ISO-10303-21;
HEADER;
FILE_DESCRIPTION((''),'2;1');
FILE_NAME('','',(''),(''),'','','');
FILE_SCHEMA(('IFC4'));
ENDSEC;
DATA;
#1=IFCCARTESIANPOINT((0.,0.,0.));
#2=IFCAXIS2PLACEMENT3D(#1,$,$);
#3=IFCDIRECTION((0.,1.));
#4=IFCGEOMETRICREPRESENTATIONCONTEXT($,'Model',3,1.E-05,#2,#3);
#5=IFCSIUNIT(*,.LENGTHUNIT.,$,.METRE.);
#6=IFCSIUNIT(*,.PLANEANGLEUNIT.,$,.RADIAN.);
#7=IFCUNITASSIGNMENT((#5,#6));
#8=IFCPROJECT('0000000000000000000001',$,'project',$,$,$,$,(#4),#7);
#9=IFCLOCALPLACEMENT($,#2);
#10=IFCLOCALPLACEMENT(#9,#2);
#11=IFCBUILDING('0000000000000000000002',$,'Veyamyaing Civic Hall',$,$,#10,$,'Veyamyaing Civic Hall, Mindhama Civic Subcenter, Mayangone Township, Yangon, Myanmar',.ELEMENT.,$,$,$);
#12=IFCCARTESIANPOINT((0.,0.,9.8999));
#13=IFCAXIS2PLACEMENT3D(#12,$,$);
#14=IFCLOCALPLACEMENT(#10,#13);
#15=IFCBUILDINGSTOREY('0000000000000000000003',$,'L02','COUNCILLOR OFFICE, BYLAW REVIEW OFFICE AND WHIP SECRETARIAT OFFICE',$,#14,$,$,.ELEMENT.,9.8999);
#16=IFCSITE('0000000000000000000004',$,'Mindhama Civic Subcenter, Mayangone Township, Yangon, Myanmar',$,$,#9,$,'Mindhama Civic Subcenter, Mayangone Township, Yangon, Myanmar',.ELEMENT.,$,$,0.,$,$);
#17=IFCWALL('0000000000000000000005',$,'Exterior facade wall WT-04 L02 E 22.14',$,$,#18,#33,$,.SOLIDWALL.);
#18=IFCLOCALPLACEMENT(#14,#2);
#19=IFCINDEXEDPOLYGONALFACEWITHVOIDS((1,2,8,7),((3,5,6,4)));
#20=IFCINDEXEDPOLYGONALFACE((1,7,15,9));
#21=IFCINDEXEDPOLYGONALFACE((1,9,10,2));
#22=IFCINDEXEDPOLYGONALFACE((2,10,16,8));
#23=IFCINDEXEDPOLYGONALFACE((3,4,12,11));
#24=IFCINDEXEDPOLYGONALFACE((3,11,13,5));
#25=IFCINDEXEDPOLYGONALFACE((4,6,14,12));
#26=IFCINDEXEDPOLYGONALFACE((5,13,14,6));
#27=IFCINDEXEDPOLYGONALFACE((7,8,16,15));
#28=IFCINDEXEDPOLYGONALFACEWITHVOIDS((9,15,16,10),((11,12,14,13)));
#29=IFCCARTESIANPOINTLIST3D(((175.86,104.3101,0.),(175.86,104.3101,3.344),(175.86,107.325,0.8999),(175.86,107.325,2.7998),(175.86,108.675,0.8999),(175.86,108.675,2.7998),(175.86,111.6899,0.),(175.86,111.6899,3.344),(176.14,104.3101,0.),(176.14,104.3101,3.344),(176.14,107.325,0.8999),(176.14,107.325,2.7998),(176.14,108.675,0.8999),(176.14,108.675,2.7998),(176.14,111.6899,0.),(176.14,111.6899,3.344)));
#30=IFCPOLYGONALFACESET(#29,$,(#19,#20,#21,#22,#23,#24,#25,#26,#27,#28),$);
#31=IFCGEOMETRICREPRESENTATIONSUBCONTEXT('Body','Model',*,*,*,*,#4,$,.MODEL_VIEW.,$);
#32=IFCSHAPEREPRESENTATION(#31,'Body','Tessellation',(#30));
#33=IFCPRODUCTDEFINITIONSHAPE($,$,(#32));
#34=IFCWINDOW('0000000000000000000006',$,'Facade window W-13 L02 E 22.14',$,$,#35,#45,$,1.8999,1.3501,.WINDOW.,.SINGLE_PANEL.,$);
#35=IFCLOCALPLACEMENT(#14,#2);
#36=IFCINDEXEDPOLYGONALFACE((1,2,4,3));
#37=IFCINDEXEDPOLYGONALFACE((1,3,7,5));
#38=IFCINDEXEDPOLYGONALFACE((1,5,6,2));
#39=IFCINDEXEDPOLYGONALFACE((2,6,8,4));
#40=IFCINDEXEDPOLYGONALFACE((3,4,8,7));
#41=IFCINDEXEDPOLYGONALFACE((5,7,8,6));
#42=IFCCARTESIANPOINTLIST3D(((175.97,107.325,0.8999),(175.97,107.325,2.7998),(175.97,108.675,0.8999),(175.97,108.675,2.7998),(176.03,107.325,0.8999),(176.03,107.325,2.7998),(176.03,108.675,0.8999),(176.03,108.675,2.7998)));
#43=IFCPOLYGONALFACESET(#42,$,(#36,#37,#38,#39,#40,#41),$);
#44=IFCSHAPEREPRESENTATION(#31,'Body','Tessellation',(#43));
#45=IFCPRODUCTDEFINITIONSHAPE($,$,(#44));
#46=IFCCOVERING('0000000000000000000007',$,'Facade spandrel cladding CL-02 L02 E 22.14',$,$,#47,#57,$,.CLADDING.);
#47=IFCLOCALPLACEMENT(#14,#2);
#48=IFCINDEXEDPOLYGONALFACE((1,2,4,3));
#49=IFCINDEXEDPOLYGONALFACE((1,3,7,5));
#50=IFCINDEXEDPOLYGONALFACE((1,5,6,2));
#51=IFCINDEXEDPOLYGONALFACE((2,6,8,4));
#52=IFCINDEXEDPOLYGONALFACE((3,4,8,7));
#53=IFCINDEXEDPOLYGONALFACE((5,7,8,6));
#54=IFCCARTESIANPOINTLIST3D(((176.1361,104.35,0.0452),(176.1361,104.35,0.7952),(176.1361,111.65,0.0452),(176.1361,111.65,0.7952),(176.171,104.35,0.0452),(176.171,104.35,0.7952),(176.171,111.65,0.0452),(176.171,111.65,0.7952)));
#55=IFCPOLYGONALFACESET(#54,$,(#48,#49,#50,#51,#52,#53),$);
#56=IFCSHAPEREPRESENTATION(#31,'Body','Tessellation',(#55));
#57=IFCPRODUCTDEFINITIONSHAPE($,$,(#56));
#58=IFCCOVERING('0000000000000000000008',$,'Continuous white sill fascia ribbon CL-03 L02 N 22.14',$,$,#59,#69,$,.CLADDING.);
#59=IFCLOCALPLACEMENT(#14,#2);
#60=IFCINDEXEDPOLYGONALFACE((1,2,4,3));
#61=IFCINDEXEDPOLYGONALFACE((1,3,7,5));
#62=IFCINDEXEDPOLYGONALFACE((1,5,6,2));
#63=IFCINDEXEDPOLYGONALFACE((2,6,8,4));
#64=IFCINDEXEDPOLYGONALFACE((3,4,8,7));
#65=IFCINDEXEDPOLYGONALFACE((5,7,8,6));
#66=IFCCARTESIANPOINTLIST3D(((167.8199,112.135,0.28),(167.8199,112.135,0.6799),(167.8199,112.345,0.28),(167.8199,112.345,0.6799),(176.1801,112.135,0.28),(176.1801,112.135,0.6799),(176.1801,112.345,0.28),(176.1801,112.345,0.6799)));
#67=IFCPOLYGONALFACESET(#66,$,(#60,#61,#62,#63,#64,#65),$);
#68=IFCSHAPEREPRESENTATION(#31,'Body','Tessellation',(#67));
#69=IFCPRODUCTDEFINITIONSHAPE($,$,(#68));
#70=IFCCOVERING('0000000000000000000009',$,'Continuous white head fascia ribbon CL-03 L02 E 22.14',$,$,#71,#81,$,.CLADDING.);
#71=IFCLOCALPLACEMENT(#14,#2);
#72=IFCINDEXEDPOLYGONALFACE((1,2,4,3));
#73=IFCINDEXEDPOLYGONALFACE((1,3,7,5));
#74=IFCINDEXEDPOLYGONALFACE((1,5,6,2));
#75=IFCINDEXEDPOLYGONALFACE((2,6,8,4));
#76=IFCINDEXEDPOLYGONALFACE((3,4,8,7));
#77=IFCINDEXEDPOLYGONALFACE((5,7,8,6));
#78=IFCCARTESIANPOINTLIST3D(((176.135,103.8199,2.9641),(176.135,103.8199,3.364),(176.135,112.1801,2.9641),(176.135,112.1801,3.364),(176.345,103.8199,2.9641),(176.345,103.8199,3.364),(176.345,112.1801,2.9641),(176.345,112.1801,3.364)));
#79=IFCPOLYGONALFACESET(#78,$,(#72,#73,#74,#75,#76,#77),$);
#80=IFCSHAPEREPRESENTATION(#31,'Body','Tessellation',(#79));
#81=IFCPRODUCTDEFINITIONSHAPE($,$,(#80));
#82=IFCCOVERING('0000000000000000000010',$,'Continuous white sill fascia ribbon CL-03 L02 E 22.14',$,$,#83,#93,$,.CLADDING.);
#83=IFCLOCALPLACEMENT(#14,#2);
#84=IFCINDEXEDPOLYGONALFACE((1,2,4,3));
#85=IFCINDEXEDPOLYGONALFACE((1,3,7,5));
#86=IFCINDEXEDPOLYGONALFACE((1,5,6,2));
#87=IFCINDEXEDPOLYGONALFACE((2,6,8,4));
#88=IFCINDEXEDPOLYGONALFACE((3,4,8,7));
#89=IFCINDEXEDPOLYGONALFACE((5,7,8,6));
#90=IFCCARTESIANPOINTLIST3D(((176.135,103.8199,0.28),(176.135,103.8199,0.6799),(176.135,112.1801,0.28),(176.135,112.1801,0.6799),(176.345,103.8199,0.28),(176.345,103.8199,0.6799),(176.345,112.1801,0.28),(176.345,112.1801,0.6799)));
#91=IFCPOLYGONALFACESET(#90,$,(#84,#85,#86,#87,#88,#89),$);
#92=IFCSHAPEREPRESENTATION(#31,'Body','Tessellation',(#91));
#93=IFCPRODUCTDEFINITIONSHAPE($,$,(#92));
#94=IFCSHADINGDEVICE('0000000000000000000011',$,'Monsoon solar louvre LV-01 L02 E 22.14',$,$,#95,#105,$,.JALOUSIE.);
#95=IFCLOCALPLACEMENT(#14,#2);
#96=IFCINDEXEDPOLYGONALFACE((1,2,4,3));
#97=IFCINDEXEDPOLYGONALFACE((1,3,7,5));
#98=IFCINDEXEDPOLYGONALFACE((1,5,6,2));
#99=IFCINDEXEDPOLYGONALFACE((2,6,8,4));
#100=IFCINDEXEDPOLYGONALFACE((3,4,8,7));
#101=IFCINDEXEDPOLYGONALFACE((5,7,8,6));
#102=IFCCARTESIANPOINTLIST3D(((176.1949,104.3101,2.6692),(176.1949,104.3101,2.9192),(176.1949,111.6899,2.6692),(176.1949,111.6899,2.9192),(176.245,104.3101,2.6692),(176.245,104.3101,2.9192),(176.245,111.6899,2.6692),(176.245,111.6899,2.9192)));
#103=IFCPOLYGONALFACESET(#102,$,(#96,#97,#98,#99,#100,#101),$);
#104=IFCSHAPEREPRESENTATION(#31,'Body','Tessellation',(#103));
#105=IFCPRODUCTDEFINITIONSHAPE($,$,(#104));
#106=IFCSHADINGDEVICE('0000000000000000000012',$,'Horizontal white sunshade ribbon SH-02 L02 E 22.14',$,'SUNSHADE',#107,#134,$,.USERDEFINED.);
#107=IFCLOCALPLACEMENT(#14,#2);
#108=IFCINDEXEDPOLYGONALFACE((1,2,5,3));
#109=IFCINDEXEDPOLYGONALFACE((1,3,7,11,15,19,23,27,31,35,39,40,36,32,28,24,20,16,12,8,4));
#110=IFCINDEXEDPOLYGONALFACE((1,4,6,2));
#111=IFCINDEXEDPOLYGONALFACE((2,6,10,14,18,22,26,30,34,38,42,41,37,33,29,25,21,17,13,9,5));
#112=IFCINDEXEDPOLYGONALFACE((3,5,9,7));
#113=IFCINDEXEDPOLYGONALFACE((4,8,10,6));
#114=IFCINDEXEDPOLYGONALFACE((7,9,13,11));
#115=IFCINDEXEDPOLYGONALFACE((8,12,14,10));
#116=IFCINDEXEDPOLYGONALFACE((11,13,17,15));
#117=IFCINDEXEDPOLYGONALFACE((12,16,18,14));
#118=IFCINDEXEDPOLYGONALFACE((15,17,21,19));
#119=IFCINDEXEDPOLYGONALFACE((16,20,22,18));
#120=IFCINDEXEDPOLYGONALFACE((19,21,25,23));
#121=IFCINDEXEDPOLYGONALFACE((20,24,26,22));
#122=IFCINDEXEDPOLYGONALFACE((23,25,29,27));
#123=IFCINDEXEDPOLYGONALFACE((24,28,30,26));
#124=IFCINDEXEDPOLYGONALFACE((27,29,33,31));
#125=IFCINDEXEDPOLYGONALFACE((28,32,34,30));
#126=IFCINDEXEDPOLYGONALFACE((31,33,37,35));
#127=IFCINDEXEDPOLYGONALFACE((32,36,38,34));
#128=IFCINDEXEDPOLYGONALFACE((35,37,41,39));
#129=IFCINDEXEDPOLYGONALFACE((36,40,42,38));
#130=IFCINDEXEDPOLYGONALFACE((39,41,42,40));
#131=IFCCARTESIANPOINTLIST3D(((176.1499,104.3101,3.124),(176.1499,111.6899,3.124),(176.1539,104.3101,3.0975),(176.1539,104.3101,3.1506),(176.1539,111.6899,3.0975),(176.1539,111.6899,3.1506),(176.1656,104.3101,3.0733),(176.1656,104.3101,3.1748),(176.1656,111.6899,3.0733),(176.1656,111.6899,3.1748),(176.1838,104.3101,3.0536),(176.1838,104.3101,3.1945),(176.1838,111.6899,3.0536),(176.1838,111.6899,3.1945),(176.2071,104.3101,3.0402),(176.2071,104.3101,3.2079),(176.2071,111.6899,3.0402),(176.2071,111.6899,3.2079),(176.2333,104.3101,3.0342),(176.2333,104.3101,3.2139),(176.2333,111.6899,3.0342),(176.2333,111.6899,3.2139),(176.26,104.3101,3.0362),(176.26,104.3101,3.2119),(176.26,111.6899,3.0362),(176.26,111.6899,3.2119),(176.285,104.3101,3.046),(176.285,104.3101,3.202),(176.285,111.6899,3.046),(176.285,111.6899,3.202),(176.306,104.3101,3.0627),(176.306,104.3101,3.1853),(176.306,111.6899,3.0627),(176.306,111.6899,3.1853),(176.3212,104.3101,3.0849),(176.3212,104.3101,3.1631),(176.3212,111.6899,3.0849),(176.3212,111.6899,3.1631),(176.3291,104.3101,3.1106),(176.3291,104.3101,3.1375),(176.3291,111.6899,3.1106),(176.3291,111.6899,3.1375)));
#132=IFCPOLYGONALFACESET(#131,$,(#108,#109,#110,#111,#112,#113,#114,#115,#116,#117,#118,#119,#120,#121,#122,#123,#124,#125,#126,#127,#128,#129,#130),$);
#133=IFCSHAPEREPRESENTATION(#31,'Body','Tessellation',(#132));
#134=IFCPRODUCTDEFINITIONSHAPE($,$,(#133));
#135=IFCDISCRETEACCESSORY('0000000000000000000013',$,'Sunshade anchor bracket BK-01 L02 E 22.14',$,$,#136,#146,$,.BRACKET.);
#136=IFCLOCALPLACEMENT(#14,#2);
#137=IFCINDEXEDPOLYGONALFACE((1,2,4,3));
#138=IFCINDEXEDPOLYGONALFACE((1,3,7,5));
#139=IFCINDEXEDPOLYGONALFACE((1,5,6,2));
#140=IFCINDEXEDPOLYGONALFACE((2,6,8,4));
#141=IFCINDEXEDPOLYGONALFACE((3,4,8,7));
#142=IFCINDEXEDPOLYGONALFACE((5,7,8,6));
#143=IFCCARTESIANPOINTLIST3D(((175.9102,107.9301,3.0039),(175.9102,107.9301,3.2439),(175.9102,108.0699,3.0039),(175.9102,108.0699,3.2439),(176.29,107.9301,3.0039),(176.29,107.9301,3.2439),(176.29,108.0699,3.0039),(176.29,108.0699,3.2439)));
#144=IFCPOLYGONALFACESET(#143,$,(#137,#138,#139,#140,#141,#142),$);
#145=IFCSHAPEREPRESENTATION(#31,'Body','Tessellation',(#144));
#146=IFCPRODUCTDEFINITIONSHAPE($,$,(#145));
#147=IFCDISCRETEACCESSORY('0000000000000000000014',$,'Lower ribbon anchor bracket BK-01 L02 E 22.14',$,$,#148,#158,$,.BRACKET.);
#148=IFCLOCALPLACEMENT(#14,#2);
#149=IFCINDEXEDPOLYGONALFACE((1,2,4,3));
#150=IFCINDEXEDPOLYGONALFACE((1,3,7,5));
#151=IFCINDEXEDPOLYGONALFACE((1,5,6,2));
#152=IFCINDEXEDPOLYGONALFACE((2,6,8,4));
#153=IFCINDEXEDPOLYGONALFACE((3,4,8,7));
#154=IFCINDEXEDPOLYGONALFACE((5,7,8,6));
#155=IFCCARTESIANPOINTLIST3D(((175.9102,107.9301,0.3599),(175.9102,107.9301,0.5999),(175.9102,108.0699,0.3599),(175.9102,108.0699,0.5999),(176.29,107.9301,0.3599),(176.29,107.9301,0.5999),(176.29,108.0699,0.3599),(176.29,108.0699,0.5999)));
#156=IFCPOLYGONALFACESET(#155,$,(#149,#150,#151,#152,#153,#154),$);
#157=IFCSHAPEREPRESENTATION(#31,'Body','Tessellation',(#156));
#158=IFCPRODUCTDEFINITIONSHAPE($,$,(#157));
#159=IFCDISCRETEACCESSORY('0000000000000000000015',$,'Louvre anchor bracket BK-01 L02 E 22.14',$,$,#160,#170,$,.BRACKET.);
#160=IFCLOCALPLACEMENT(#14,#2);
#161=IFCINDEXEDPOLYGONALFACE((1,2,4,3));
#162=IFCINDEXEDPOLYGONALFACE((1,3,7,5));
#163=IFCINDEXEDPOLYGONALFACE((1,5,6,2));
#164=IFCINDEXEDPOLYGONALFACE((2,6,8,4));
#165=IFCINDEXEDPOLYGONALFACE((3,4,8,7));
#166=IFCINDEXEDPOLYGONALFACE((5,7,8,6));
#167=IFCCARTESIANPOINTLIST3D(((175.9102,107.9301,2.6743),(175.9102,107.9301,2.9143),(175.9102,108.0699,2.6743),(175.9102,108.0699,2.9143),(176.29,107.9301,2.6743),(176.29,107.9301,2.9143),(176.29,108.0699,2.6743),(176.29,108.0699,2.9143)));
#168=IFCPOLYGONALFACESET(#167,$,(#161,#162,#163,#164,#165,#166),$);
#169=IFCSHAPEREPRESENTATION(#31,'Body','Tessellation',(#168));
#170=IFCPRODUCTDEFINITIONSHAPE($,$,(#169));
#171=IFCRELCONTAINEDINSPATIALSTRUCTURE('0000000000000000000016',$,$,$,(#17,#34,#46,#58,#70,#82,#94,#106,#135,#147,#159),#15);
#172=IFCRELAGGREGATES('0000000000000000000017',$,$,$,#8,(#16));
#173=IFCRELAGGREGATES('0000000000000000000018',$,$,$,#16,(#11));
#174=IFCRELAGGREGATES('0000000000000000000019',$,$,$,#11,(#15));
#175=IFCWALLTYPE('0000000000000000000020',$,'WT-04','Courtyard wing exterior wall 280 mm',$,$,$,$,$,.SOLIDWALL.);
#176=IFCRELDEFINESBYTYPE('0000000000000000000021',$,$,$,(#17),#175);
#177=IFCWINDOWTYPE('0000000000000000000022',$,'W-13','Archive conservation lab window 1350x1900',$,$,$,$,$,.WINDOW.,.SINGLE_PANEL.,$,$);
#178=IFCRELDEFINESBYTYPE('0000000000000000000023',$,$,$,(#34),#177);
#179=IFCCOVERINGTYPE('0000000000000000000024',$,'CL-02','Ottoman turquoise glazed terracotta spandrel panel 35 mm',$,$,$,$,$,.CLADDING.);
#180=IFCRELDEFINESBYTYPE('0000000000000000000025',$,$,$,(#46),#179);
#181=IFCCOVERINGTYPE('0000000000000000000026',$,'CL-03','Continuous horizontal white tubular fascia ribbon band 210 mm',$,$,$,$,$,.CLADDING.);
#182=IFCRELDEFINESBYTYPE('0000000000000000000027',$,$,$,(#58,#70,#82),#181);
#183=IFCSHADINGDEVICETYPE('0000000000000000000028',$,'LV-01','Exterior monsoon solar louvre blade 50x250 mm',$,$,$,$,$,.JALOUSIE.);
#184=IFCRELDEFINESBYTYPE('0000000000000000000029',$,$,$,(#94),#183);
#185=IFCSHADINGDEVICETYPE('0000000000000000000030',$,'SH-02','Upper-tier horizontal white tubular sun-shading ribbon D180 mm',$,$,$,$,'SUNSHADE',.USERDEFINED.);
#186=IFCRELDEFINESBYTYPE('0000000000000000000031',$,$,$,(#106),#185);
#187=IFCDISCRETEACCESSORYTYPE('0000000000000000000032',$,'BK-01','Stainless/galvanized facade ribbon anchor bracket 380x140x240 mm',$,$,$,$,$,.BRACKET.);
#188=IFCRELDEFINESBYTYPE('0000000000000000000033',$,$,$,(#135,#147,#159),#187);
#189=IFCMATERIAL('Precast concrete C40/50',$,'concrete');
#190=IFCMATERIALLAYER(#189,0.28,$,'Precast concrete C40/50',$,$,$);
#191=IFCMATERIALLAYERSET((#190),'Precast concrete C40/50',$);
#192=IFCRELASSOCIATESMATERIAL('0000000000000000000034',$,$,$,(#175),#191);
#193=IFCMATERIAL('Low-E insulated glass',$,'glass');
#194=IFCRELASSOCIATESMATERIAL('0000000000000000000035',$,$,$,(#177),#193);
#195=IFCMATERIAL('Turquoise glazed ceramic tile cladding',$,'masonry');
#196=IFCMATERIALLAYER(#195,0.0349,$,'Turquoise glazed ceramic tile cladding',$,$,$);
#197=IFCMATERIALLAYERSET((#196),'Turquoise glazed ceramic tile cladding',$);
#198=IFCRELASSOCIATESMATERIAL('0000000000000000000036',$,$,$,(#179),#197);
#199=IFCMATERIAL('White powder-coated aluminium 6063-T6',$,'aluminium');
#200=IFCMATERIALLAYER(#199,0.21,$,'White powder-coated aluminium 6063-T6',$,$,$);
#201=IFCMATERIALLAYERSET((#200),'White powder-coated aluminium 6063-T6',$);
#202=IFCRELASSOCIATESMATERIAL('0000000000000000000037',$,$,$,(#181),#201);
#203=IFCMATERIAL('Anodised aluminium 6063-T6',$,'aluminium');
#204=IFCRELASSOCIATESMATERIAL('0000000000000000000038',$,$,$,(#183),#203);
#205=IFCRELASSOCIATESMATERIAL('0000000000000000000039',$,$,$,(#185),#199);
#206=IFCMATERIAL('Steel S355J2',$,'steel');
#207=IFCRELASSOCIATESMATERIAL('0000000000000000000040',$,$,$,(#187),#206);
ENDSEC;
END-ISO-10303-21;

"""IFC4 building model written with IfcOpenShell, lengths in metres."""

from ifc_helpers import new_model, si_unit, direction, frame, frame_2d, origin, origin_2d, place, context, subcontext, project, spatial, rectangle, circle, extrude, material, layer, layer_set, material_profile, profile_set, type_object, element, fill, save


model = new_model("IFC4")

# Units and contexts
model_context = context("Model", 3, precision=1e-05, world=origin(), true_north=direction((0.0, 1.0)))
body_context = subcontext(model_context, "Body", "Model", "MODEL_VIEW")
ifc_project = project(units=[si_unit("LENGTHUNIT", "METRE"), si_unit("PLANEANGLEUNIT", "RADIAN")], contexts=[model_context])

# Site, building, storey
site_placement = place(None, origin())
site = spatial("IfcSite", under=ifc_project, at=site_placement, Name="Mindhama Civic Subcenter, Mayangone Township, Yangon, Myanmar", LongName="Mindhama Civic Subcenter, Mayangone Township, Yangon, Myanmar", CompositionType="ELEMENT", RefElevation=0.0)
building_placement = place(site_placement, origin())
building = spatial("IfcBuilding", under=site, at=building_placement, Name="Veyamyaing Civic Hall", LongName="Veyamyaing Civic Hall, Mindhama Civic Subcenter, Mayangone Township, Yangon, Myanmar", CompositionType="ELEMENT")
storey_placement = place(building_placement, frame((0.0, 0.0, 9.8999)))
storey = spatial("IfcBuildingStorey", under=building, at=storey_placement, Name="L02", Description="COUNCILLOR OFFICE, BYLAW REVIEW OFFICE AND WHIP SECRETARIAT OFFICE", CompositionType="ELEMENT", Elevation=9.8999)

# Shared definitions
ifc_material_1 = material(Name="Anodised aluminium 6063-T6", Category="aluminium")
ifc_material_2 = material(Name="Low-E insulated glass", Category="glass")

# Wall, opening, window
ifc_material_3 = material(Name="Precast concrete C40/50", Category="concrete")
ifc_layer_1 = layer(ifc_material_3, 0.28, Name="Precast concrete C40/50")
ifc_layer_set_1 = layer_set([ifc_layer_1], Name="Precast concrete C40/50")
wall_type = type_object("IfcWallType", Name="WT-04", Description="Courtyard wing exterior wall 280 mm", PredefinedType="SOLIDWALL", material=ifc_layer_set_1)
wall_placement = place(storey_placement, frame((176.0, 104.3101, 0.0), z_axis=(0.0, 0.0, 1.0), x_axis=(0.0, 1.0, 0.0)))
wall = element("IfcWall", 1, at=wall_placement, inside=storey, type_object=wall_type, Name="Exterior facade wall WT-04 L02 E 22.14", PredefinedType="SOLIDWALL", context=body_context, shape_type="SweptSolid", body=[
    extrude(rectangle(XDim=7.3799, YDim=0.28, at=frame_2d((3.6899, 0.0))), origin(), (0.0, 0.0, 1.0), 3.344),
])
opening_placement = place(wall_placement, frame((3.0149, 0.0, 0.8999)))
opening = element("IfcOpeningElement", 2, at=opening_placement, cuts=wall, PredefinedType="OPENING", context=body_context, shape_type="SweptSolid", body=[
    extrude(rectangle(XDim=1.3501, YDim=1.8999, at=frame_2d((0.675, 0.95))), frame((0.0, 0.1499, 0.0), z_axis=(0.0, -1.0, 0.0), x_axis=(1.0, 0.0, 0.0)), (0.0, 0.0, 1.0), 0.3),
])
window_type = type_object("IfcWindowType", Name="W-13", Description="Archive conservation lab window 1350x1900", PartitioningType="SINGLE_PANEL", PredefinedType="WINDOW", material=ifc_material_2)
window_placement = place(opening_placement, origin())
window = element("IfcWindow", 3, at=window_placement, inside=storey, type_object=window_type, Name="Facade window W-13 L02 E 22.14", OverallHeight=1.8999, OverallWidth=1.3501, PartitioningType="SINGLE_PANEL", PredefinedType="WINDOW", context=body_context, shape_type="SweptSolid", body=[
    extrude(rectangle(XDim=1.3501, YDim=1.8999, at=frame_2d((0.675, 0.95))), frame((0.0, 0.03, 0.0), z_axis=(0.0, -1.0, 0.0), x_axis=(1.0, 0.0, 0.0)), (0.0, 0.0, 1.0), 0.0601),
])
fill(opening, window)

# Coverings
ifc_material_4 = material(Name="Turquoise glazed ceramic tile cladding", Category="masonry")
ifc_layer_2 = layer(ifc_material_4, 0.0349, Name="Turquoise glazed ceramic tile cladding")
ifc_layer_set_2 = layer_set([ifc_layer_2], Name="Turquoise glazed ceramic tile cladding")
covering_type_1 = type_object("IfcCoveringType", Name="CL-02", Description="Ottoman turquoise glazed terracotta spandrel panel 35 mm", PredefinedType="CLADDING", material=ifc_layer_set_2)
covering_placement = place(storey_placement, frame((176.1536, 108.0, 0.0452), z_axis=(0.0, 0.0, 1.0), x_axis=(0.0, 1.0, 0.0)))
element("IfcCovering", 4, at=covering_placement, inside=storey, type_object=covering_type_1, Name="Facade spandrel cladding CL-02 L02 E 22.14", PredefinedType="CLADDING", context=body_context, shape_type="SweptSolid", body=[
    extrude(rectangle(XDim=7.3, YDim=0.0349, at=origin_2d()), origin(), (0.0, 0.0, 1.0), 0.75),
])
ifc_material_5 = material(Name="White powder-coated aluminium 6063-T6", Category="aluminium")
ifc_layer_3 = layer(ifc_material_5, 0.21, Name="White powder-coated aluminium 6063-T6")
ifc_layer_set_3 = layer_set([ifc_layer_3], Name="White powder-coated aluminium 6063-T6")
covering_type_2 = type_object("IfcCoveringType", Name="CL-03", Description="Continuous horizontal white tubular fascia ribbon band 210 mm", PredefinedType="CLADDING", material=ifc_layer_set_3)
for number, where, z_axis, x_axis, name in (
    (5, (172.0, 112.24, 0.28), (0.0, 0.0, 1.0), (1.0, 0.0, 0.0), "Continuous white sill fascia ribbon CL-03 L02 N 22.14"),
    (6, (176.24, 108.0, 2.9641), (0.0, 0.0, 1.0), (0.0, 1.0, 0.0), "Continuous white head fascia ribbon CL-03 L02 E 22.14"),
    (7, (176.24, 108.0, 0.28), (0.0, 0.0, 1.0), (0.0, 1.0, 0.0), "Continuous white sill fascia ribbon CL-03 L02 E 22.14"),
):
    element("IfcCovering", number, at=place(storey_placement, frame(where, z_axis=z_axis, x_axis=x_axis)), inside=storey, type_object=covering_type_2, Name=name, PredefinedType="CLADDING", context=body_context, shape_type="SweptSolid", body=[
        extrude(rectangle(XDim=8.3601, YDim=0.21, at=origin_2d()), origin(), (0.0, 0.0, 1.0), 0.3999),
    ])

# Shading devices
ifc_material_profile_1 = material_profile(ifc_material_1, rectangle(XDim=0.05, YDim=0.25, at=origin_2d()), Name="LOUVRE-BLADE-50X250")
ifc_profile_set_1 = profile_set([ifc_material_profile_1], Name="Anodised aluminium 6063-T6")
shading_device_type_1 = type_object("IfcShadingDeviceType", Name="LV-01", Description="Exterior monsoon solar louvre blade 50x250 mm", PredefinedType="JALOUSIE", material=ifc_profile_set_1)
shading_device_1_placement = place(storey_placement, frame((176.22, 104.3101, 2.7942), z_axis=(0.0, 1.0, 0.0), x_axis=(-1.0, 0.0, 0.0)))
element("IfcShadingDevice", 8, at=shading_device_1_placement, inside=storey, type_object=shading_device_type_1, Name="Monsoon solar louvre LV-01 L02 E 22.14", PredefinedType="JALOUSIE", context=body_context, shape_type="SweptSolid", body=[
    extrude(rectangle(XDim=0.05, YDim=0.25, at=origin_2d()), origin(), (0.0, 0.0, 1.0), 7.3799),
])
ifc_material_profile_2 = material_profile(ifc_material_5, circle(Radius=0.0901, at=origin_2d()), Name="SHADE-TUBE-180")
ifc_profile_set_2 = profile_set([ifc_material_profile_2], Name="White powder-coated aluminium 6063-T6")
shading_device_type_2 = type_object("IfcShadingDeviceType", Name="SH-02", Description="Upper-tier horizontal white tubular sun-shading ribbon D180 mm", ElementType="SUNSHADE", PredefinedType="USERDEFINED", material=ifc_profile_set_2)
shading_device_2_placement = place(storey_placement, frame((176.24, 104.3101, 3.124), z_axis=(0.0, 1.0, 0.0), x_axis=(-1.0, 0.0, 0.0)))
element("IfcShadingDevice", 9, at=shading_device_2_placement, inside=storey, type_object=shading_device_type_2, Name="Horizontal white sunshade ribbon SH-02 L02 E 22.14", ObjectType="SUNSHADE", PredefinedType="USERDEFINED", context=body_context, shape_type="SweptSolid", body=[
    extrude(circle(Radius=0.0901, at=origin_2d()), origin(), (0.0, 0.0, 1.0), 7.3799),
])

# Discrete accessories
ifc_material_6 = material(Name="Steel S355J2", Category="steel")
discrete_accessory_type = type_object("IfcDiscreteAccessoryType", Name="BK-01", Description="Stainless/galvanized facade ribbon anchor bracket 380x140x240 mm", PredefinedType="BRACKET", material=ifc_material_6)
for number, where, z_axis, x_axis, name in (
    (10, (176.1001, 108.0, 3.0039), (0.0, 0.0, 1.0), (1.0, 0.0, 0.0), "Sunshade anchor bracket BK-01 L02 E 22.14"),
    (11, (176.1001, 108.0, 0.3599), (0.0, 0.0, 1.0), (1.0, 0.0, 0.0), "Lower ribbon anchor bracket BK-01 L02 E 22.14"),
    (12, (176.1001, 108.0, 2.6743), (0.0, 0.0, 1.0), (1.0, 0.0, 0.0), "Louvre anchor bracket BK-01 L02 E 22.14"),
):
    element("IfcDiscreteAccessory", number, at=place(storey_placement, frame(where, z_axis=z_axis, x_axis=x_axis)), inside=storey, type_object=discrete_accessory_type, Name=name, PredefinedType="BRACKET", context=body_context, shape_type="SweptSolid", body=[
        extrude(rectangle(XDim=0.3799, YDim=0.1399, at=origin_2d()), origin(), (0.0, 0.0, 1.0), 0.24),
    ])

save(model, "model.ifc")
